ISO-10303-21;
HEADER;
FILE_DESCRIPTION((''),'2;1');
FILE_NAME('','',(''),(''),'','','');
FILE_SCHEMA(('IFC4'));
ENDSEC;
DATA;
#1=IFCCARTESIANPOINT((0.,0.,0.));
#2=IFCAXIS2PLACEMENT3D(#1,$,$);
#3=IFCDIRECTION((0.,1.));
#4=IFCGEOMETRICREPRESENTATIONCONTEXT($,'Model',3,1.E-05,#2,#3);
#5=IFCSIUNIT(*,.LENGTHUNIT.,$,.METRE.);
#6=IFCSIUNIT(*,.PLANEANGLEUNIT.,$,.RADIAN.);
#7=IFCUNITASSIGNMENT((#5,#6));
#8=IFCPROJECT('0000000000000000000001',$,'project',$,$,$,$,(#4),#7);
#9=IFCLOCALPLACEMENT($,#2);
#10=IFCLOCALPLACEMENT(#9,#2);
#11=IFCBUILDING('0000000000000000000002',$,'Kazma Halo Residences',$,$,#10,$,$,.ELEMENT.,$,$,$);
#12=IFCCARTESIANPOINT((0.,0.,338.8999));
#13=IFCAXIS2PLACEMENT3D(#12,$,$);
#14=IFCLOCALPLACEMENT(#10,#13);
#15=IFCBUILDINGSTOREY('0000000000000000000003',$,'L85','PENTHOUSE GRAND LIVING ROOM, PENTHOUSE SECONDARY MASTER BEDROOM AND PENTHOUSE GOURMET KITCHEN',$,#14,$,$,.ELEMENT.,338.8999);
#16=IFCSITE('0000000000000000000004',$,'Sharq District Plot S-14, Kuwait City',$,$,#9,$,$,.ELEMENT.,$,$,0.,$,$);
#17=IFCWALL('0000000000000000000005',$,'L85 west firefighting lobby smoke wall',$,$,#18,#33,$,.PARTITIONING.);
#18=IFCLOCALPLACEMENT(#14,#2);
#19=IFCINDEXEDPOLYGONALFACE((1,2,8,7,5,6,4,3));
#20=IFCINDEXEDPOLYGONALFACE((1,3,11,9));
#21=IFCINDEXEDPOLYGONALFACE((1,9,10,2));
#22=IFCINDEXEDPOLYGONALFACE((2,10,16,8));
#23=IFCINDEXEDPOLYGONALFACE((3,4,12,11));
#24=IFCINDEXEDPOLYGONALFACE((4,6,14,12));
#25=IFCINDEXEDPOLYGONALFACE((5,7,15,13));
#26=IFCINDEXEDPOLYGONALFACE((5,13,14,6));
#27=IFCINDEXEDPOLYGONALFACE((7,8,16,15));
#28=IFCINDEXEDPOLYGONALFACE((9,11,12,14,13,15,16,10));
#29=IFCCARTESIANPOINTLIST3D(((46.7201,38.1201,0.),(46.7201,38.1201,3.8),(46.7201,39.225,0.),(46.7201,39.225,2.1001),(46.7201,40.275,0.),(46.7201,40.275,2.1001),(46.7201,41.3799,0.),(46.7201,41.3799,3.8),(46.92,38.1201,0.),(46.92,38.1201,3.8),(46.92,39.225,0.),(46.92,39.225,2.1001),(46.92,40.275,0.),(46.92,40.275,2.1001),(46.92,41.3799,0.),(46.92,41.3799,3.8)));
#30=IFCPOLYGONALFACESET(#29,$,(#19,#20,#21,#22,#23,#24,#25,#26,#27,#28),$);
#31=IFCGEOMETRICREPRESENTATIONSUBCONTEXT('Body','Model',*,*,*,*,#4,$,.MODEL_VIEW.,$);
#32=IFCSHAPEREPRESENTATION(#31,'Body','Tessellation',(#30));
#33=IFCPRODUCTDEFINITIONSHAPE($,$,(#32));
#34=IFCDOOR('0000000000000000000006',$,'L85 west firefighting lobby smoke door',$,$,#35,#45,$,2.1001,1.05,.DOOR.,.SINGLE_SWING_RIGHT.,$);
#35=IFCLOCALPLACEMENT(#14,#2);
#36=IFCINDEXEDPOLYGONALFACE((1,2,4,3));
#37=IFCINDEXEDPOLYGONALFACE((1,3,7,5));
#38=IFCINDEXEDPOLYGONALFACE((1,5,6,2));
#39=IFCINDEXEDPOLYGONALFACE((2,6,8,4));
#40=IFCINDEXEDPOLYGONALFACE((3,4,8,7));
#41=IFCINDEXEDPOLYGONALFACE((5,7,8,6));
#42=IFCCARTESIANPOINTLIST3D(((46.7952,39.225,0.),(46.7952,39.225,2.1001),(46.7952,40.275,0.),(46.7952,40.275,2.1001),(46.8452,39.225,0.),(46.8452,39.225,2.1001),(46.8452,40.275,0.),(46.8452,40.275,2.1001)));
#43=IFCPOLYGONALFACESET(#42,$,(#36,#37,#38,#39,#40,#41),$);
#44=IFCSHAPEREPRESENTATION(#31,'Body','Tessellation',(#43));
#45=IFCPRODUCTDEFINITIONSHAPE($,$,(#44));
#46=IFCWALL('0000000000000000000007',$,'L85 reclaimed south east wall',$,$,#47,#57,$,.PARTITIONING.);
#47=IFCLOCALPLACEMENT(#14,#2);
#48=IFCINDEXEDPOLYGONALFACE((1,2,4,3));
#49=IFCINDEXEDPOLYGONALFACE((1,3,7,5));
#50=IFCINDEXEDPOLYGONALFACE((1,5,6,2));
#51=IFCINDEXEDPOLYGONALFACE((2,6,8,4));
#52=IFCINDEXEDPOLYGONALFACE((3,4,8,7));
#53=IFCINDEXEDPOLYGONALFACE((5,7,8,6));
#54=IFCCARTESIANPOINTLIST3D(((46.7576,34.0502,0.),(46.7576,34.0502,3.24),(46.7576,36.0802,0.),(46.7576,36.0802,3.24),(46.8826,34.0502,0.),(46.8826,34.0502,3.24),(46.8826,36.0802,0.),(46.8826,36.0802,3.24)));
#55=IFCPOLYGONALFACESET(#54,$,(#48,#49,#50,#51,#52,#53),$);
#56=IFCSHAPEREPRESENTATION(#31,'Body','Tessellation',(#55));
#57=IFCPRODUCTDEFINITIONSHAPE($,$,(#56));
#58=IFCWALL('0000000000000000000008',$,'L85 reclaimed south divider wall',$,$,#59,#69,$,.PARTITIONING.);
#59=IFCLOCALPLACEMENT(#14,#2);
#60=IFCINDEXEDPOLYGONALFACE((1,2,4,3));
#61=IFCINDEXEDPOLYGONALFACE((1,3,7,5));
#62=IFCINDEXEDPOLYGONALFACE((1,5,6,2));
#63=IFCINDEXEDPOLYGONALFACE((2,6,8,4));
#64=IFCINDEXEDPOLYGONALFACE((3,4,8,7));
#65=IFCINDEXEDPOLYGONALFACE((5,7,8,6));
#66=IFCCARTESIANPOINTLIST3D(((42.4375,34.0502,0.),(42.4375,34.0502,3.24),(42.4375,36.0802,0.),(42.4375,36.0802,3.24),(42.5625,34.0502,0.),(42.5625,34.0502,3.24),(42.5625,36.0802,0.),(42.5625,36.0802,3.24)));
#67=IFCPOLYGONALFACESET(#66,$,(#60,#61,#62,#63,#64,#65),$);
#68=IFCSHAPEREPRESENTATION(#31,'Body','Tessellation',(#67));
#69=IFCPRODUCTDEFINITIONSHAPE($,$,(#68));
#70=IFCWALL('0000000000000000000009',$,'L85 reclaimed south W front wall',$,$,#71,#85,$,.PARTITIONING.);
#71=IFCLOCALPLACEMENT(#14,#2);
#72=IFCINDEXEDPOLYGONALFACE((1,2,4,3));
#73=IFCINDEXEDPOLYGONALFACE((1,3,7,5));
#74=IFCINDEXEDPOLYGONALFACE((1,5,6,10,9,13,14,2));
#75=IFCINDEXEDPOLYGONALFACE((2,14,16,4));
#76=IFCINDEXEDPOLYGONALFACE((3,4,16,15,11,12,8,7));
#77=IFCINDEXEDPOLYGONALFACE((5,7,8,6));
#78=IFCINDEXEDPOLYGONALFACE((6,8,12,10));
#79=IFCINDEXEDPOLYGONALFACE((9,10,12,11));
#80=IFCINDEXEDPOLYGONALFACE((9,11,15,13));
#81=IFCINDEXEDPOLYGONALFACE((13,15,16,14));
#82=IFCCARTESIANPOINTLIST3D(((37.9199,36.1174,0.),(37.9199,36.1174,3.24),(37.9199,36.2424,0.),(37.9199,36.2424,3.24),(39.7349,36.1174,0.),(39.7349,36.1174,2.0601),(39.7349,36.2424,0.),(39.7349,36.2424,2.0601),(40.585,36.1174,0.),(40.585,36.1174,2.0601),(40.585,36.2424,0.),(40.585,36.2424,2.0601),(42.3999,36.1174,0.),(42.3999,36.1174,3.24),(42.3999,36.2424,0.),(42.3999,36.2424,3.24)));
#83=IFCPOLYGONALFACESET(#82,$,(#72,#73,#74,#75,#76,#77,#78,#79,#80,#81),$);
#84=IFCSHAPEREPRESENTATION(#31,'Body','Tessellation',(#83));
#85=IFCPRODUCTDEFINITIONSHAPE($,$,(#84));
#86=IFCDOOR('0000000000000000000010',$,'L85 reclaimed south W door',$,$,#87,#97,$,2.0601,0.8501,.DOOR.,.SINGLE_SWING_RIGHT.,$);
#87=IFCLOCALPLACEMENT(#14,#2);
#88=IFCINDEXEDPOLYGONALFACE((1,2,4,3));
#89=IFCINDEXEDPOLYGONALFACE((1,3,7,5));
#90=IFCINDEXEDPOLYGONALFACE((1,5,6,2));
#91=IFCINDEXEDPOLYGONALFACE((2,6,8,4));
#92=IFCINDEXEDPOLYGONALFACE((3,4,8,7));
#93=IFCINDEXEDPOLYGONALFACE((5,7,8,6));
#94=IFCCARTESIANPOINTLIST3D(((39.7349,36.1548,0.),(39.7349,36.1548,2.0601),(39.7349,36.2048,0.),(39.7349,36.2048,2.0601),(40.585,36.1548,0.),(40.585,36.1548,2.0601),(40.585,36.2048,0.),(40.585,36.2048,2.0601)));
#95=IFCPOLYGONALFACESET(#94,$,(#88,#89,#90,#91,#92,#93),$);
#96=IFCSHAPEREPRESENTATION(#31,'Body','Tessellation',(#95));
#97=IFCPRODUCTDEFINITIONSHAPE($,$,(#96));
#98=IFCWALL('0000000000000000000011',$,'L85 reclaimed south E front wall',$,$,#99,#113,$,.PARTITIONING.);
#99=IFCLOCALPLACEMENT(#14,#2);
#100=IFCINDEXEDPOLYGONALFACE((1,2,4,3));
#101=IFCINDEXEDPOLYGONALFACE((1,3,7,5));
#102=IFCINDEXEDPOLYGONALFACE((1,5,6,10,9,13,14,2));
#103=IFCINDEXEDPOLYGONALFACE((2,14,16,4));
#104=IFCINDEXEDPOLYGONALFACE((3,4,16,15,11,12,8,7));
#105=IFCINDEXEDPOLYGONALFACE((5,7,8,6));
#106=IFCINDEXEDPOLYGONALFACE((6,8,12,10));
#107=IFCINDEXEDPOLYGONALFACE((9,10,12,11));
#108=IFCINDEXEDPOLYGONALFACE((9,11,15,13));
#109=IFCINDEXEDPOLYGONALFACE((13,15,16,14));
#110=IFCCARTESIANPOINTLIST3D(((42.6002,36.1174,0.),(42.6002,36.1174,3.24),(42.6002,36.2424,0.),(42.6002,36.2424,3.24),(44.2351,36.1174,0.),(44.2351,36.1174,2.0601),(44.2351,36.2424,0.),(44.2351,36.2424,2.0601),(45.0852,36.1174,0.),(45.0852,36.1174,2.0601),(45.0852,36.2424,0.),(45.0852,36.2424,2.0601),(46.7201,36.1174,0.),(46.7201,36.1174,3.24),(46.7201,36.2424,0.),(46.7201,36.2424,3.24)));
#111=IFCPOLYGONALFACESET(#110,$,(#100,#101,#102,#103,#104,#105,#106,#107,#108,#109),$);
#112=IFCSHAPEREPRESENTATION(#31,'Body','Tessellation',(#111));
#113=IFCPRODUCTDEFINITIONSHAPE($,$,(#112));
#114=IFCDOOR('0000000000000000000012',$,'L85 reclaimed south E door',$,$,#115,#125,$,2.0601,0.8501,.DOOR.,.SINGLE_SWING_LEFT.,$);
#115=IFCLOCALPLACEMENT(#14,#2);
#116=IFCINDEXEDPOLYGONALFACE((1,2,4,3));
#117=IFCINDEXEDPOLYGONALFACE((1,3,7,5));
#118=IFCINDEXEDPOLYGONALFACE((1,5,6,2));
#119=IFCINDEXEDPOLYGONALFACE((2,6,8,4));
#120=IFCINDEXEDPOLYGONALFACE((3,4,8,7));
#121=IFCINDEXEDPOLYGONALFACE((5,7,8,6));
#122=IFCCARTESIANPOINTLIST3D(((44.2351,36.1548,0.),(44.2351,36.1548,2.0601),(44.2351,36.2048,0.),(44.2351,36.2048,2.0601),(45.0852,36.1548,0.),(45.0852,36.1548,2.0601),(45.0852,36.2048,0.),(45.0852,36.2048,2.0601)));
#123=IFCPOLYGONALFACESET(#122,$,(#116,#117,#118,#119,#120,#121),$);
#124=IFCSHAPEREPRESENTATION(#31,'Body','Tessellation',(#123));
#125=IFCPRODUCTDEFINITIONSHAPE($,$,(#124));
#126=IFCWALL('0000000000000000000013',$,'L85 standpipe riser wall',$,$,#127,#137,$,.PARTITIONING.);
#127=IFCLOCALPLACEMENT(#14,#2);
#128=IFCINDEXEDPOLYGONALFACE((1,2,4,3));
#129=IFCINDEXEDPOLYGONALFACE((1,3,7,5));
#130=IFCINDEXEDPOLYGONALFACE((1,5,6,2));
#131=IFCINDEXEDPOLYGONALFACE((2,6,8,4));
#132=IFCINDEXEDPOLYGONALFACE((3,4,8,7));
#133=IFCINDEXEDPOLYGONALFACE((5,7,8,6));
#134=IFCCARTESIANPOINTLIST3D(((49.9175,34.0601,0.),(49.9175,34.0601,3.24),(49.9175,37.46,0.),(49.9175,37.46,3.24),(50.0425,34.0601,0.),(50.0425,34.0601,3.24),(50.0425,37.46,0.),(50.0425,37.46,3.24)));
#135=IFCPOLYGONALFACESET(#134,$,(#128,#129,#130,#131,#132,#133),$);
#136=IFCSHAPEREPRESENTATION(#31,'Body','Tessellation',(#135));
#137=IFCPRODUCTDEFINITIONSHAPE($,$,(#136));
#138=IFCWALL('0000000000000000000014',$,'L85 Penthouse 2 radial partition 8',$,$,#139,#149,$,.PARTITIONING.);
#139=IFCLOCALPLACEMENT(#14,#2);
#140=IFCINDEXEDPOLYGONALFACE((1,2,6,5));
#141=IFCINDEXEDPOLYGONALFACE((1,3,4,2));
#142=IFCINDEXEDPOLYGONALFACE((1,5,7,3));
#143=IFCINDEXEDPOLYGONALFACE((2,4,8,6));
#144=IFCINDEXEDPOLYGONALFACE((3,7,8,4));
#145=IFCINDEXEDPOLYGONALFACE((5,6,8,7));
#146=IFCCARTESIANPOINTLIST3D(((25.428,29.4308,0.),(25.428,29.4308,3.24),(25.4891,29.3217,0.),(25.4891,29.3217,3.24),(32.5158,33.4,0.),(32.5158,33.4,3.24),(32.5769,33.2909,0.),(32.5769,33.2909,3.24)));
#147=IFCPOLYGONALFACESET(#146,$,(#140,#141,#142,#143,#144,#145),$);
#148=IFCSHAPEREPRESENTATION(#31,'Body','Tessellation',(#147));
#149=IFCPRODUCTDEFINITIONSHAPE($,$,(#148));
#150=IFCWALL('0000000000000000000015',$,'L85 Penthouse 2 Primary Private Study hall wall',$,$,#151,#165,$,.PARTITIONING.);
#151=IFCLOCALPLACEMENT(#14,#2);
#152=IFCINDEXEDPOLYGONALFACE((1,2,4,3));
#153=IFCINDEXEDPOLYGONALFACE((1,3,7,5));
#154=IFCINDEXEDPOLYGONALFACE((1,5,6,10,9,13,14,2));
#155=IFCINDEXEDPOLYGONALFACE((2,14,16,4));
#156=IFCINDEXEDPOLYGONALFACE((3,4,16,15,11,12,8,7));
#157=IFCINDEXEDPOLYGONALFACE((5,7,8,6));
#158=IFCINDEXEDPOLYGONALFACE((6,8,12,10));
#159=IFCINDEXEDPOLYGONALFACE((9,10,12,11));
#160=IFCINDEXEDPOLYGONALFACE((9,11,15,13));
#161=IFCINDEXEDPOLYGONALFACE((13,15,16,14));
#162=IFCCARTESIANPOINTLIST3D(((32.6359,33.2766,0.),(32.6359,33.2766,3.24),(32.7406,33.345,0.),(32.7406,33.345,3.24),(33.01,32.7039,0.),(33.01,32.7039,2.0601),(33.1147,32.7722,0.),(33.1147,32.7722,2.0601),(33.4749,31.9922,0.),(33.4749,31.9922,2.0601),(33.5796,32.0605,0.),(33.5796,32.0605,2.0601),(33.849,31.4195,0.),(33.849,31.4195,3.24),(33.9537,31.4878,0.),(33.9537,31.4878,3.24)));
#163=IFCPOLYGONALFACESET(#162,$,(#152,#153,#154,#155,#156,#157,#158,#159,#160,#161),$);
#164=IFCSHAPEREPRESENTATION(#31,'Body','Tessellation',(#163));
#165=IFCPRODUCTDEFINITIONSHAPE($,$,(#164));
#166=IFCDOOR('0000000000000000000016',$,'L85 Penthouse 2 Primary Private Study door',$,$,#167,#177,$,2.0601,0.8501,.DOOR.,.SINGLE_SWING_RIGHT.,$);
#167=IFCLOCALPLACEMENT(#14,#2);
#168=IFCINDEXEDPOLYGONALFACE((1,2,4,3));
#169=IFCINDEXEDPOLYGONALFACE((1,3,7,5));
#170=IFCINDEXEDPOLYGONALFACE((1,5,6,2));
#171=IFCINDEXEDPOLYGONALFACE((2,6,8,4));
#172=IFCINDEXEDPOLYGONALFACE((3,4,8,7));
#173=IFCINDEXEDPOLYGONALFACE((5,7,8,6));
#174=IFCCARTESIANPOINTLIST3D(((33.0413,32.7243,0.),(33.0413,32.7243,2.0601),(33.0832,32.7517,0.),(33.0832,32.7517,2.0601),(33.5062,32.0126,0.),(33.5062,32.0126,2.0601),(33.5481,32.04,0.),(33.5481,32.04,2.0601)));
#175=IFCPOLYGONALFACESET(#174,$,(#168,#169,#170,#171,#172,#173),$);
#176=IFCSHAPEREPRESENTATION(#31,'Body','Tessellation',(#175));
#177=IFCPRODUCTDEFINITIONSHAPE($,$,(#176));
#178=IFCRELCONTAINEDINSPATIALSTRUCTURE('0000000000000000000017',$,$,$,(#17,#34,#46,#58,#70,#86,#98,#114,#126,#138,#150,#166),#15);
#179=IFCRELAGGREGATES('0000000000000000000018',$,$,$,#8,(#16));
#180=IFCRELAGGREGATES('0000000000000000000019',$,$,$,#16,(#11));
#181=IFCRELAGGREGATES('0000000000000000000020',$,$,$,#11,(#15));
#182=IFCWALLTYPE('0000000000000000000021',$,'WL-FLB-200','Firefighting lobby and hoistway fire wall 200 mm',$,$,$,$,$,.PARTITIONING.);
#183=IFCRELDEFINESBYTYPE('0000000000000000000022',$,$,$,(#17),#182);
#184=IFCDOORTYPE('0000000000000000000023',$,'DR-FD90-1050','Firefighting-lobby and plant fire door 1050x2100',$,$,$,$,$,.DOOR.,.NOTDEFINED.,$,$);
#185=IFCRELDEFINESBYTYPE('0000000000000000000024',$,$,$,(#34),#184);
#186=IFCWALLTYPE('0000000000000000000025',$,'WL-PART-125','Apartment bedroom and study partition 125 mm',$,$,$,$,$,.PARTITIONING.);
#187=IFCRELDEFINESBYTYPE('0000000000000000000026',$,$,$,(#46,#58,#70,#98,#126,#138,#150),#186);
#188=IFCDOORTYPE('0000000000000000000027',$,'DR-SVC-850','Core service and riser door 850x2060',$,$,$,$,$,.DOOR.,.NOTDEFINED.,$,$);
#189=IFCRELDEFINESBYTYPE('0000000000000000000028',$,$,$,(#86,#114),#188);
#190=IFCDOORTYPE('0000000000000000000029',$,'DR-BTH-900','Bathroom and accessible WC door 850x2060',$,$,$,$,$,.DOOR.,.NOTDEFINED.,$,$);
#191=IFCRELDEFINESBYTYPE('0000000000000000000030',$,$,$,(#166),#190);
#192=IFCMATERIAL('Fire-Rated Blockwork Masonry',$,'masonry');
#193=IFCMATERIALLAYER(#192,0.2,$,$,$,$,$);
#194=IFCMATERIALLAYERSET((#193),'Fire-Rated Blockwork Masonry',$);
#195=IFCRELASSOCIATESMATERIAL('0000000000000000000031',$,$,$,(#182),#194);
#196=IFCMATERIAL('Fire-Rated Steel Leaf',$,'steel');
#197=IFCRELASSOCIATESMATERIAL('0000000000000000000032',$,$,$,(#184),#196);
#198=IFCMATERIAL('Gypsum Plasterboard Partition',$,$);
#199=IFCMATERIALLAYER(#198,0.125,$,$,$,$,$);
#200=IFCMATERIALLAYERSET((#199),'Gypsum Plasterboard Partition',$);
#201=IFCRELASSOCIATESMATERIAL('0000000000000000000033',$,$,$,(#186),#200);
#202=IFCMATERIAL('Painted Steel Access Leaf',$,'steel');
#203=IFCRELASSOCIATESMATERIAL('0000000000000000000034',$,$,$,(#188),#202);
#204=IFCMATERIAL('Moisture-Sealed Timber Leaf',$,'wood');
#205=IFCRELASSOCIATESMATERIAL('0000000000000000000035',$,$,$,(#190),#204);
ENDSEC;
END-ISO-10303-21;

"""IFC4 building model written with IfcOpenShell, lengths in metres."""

from ifc_helpers import new_model, si_unit, direction, frame, frame_2d, origin, place, context, subcontext, project, spatial, rectangle, extrude, material, layer, layer_set, type_object, element, fill, save


model = new_model("IFC4")

# Units and contexts
model_context = context("Model", 3, precision=1e-05, world=origin(), true_north=direction((0.0, 1.0)))
body_context = subcontext(model_context, "Body", "Model", "MODEL_VIEW")
ifc_project = project(units=[si_unit("LENGTHUNIT", "METRE"), si_unit("PLANEANGLEUNIT", "RADIAN")], contexts=[model_context])

# Site, building, storey
site_placement = place(None, origin())
site = spatial("IfcSite", under=ifc_project, at=site_placement, Name="Sharq District Plot S-14, Kuwait City", CompositionType="ELEMENT", RefElevation=0.0)
building_placement = place(site_placement, origin())
building = spatial("IfcBuilding", under=site, at=building_placement, Name="Kazma Halo Residences", CompositionType="ELEMENT")
storey_placement = place(building_placement, frame((0.0, 0.0, 338.8999)))
storey = spatial("IfcBuildingStorey", under=building, at=storey_placement, Name="L85", Description="PENTHOUSE GRAND LIVING ROOM, PENTHOUSE SECONDARY MASTER BEDROOM AND PENTHOUSE GOURMET KITCHEN", CompositionType="ELEMENT", Elevation=338.8999)

# Shared definitions
ifc_material_1 = material(Name="Fire-Rated Blockwork Masonry", Category="masonry")
ifc_layer_1 = layer(ifc_material_1, 0.2)
ifc_layer_set_1 = layer_set([ifc_layer_1], Name="Fire-Rated Blockwork Masonry")
wall_type_1 = type_object("IfcWallType", Name="WL-FLB-200", Description="Firefighting lobby and hoistway fire wall 200 mm", PredefinedType="PARTITIONING", material=ifc_layer_set_1)

# Wall, opening, door
wall_1_placement = place(storey_placement, frame((46.8201, 38.1201, 0.0), z_axis=(0.0, 0.0, 1.0), x_axis=(0.0, 1.0, 0.0)))
wall_1 = element("IfcWall", 1, at=wall_1_placement, inside=storey, type_object=wall_type_1, Name="L85 west firefighting lobby smoke wall", PredefinedType="PARTITIONING", context=body_context, shape_type="SweptSolid", body=[
    extrude(rectangle(XDim=3.2598, YDim=0.2, at=frame_2d((1.6299, 0.0))), origin(), (0.0, 0.0, 1.0), 3.8),
])
opening_1_placement = place(wall_1_placement, frame((1.105, 0.0, 0.0)))
opening_1 = element("IfcOpeningElement", 2, at=opening_1_placement, cuts=wall_1, PredefinedType="OPENING", context=body_context, shape_type="SweptSolid", body=[
    extrude(rectangle(XDim=1.05, YDim=2.1001, at=frame_2d((0.5249, 1.05))), frame((0.0, 0.1099, 0.0), z_axis=(0.0, -1.0, 0.0), x_axis=(1.0, 0.0, 0.0)), (0.0, 0.0, 1.0), 0.22),
])
ifc_material_2 = material(Name="Fire-Rated Steel Leaf", Category="steel")
door_type_1 = type_object("IfcDoorType", Name="DR-FD90-1050", Description="Firefighting-lobby and plant fire door 1050x2100", OperationType="NOTDEFINED", PredefinedType="DOOR", material=ifc_material_2)
door_1_placement = place(opening_1_placement, origin())
door_1 = element("IfcDoor", 3, at=door_1_placement, inside=storey, type_object=door_type_1, Name="L85 west firefighting lobby smoke door", OperationType="SINGLE_SWING_RIGHT", OverallHeight=2.1001, OverallWidth=1.05, PredefinedType="DOOR", context=body_context, shape_type="SweptSolid", body=[
    extrude(rectangle(XDim=1.05, YDim=2.1001, at=frame_2d((0.5249, 1.05))), frame((0.0, 0.0249, 0.0), z_axis=(0.0, -1.0, 0.0), x_axis=(1.0, 0.0, 0.0)), (0.0, 0.0, 1.0), 0.05),
])
fill(opening_1, door_1)

# Walls
ifc_material_3 = material(Name="Gypsum Plasterboard Partition")
ifc_layer_2 = layer(ifc_material_3, 0.125)
ifc_layer_set_2 = layer_set([ifc_layer_2], Name="Gypsum Plasterboard Partition")
wall_type_2 = type_object("IfcWallType", Name="WL-PART-125", Description="Apartment bedroom and study partition 125 mm", PredefinedType="PARTITIONING", material=ifc_layer_set_2)
for number, where, z_axis, x_axis, name in (
    (4, (46.8201, 34.05, 0.0), (0.0, 0.0, 1.0), (0.0, 1.0, 0.0), "L85 reclaimed south east wall"),
    (5, (42.5, 34.05, 0.0), (0.0, 0.0, 1.0), (0.0, 1.0, 0.0), "L85 reclaimed south divider wall"),
):
    element("IfcWall", number, at=place(storey_placement, frame(where, z_axis=z_axis, x_axis=x_axis)), inside=storey, type_object=wall_type_2, Name=name, PredefinedType="PARTITIONING", context=body_context, shape_type="SweptSolid", body=[
        extrude(rectangle(XDim=2.03, YDim=0.125, at=frame_2d((1.0151, 0.0))), origin(), (0.0, 0.0, 1.0), 3.24),
    ])

# Walls, openings, doors
wall_2_placement = place(storey_placement, frame((37.9199, 36.1799, 0.0), z_axis=(0.0, 0.0, 1.0), x_axis=(1.0, 0.0, 0.0)))
wall_2 = element("IfcWall", 6, at=wall_2_placement, inside=storey, type_object=wall_type_2, Name="L85 reclaimed south W front wall", PredefinedType="PARTITIONING", context=body_context, shape_type="SweptSolid", body=[
    extrude(rectangle(XDim=4.48, YDim=0.125, at=frame_2d((2.24, 0.0))), origin(), (0.0, 0.0, 1.0), 3.24),
])
opening_2_placement = place(wall_2_placement, frame((1.8149, 0.0, 0.0)))
opening_2 = element("IfcOpeningElement", 7, at=opening_2_placement, cuts=wall_2, PredefinedType="OPENING", context=body_context, shape_type="SweptSolid", body=[
    extrude(rectangle(XDim=0.8501, YDim=2.0601, at=frame_2d((0.425, 1.03))), frame((0.0, 0.0725, 0.0), z_axis=(0.0, -1.0, 0.0), x_axis=(1.0, 0.0, 0.0)), (0.0, 0.0, 1.0), 0.145),
])
ifc_material_4 = material(Name="Painted Steel Access Leaf", Category="steel")
door_type_2 = type_object("IfcDoorType", Name="DR-SVC-850", Description="Core service and riser door 850x2060", OperationType="NOTDEFINED", PredefinedType="DOOR", material=ifc_material_4)
door_2_placement = place(opening_2_placement, origin())
door_2 = element("IfcDoor", 8, at=door_2_placement, inside=storey, type_object=door_type_2, Name="L85 reclaimed south W door", OperationType="SINGLE_SWING_RIGHT", OverallHeight=2.0601, OverallWidth=0.8501, PredefinedType="DOOR", context=body_context, shape_type="SweptSolid", body=[
    extrude(rectangle(XDim=0.8501, YDim=2.0601, at=frame_2d((0.425, 1.03))), frame((0.0, 0.0249, 0.0), z_axis=(0.0, -1.0, 0.0), x_axis=(1.0, 0.0, 0.0)), (0.0, 0.0, 1.0), 0.05),
])
fill(opening_2, door_2)
wall_3_placement = place(storey_placement, frame((42.6001, 36.1799, 0.0), z_axis=(0.0, 0.0, 1.0), x_axis=(1.0, 0.0, 0.0)))
wall_3 = element("IfcWall", 9, at=wall_3_placement, inside=storey, type_object=wall_type_2, Name="L85 reclaimed south E front wall", PredefinedType="PARTITIONING", context=body_context, shape_type="SweptSolid", body=[
    extrude(rectangle(XDim=4.1199, YDim=0.125, at=frame_2d((2.0601, 0.0))), origin(), (0.0, 0.0, 1.0), 3.24),
])
opening_3_placement = place(wall_3_placement, frame((1.635, 0.0, 0.0)))
opening_3 = element("IfcOpeningElement", 10, at=opening_3_placement, cuts=wall_3, PredefinedType="OPENING", context=body_context, shape_type="SweptSolid", body=[
    extrude(rectangle(XDim=0.8501, YDim=2.0601, at=frame_2d((0.425, 1.03))), frame((0.0, 0.0725, 0.0), z_axis=(0.0, -1.0, 0.0), x_axis=(1.0, 0.0, 0.0)), (0.0, 0.0, 1.0), 0.145),
])
door_3_placement = place(opening_3_placement, origin())
door_3 = element("IfcDoor", 11, at=door_3_placement, inside=storey, type_object=door_type_2, Name="L85 reclaimed south E door", OperationType="SINGLE_SWING_LEFT", OverallHeight=2.0601, OverallWidth=0.8501, PredefinedType="DOOR", context=body_context, shape_type="SweptSolid", body=[
    extrude(rectangle(XDim=0.8501, YDim=2.0601, at=frame_2d((0.425, 1.03))), frame((0.0, 0.0249, 0.0), z_axis=(0.0, -1.0, 0.0), x_axis=(1.0, 0.0, 0.0)), (0.0, 0.0, 1.0), 0.05),
])
fill(opening_3, door_3)

# Walls
wall_4_placement = place(storey_placement, frame((49.98, 34.0601, 0.0), z_axis=(0.0, 0.0, 1.0), x_axis=(0.0, 1.0, 0.0)))
element("IfcWall", 12, at=wall_4_placement, inside=storey, type_object=wall_type_2, Name="L85 standpipe riser wall", PredefinedType="PARTITIONING", context=body_context, shape_type="SweptSolid", body=[
    extrude(rectangle(XDim=3.3999, YDim=0.125, at=frame_2d((1.7, 0.0))), origin(), (0.0, 0.0, 1.0), 3.24),
])
wall_5_placement = place(storey_placement, frame((32.5464, 33.3455, 0.0), z_axis=(0.0, 0.0, 1.0), x_axis=(-0.872505, -0.488605, 0.0)))
element("IfcWall", 13, at=wall_5_placement, inside=storey, type_object=wall_type_2, Name="L85 Penthouse 2 radial partition 8", PredefinedType="PARTITIONING", context=body_context, shape_type="SweptSolid", body=[
    extrude(rectangle(XDim=8.1235, YDim=0.125, at=frame_2d((4.0618, 0.0))), origin(), (0.0, 0.0, 1.0), 3.24),
])

# Wall, opening, door
wall_6_placement = place(storey_placement, frame((32.6882, 33.3108, 0.0), z_axis=(0.0, 0.0, 1.0), x_axis=(0.546879, -0.837212, 0.0)))
wall_6 = element("IfcWall", 14, at=wall_6_placement, inside=storey, type_object=wall_type_2, Name="L85 Penthouse 2 Primary Private Study hall wall", PredefinedType="PARTITIONING", context=body_context, shape_type="SweptSolid", body=[
    extrude(rectangle(XDim=2.2183, YDim=0.125, at=frame_2d((1.1091, 0.0))), origin(), (0.0, 0.0, 1.0), 3.24),
])
opening_4_placement = place(wall_6_placement, frame((0.6841, 0.0, 0.0)))
opening_4 = element("IfcOpeningElement", 15, at=opening_4_placement, cuts=wall_6, PredefinedType="OPENING", context=body_context, shape_type="SweptSolid", body=[
    extrude(rectangle(XDim=0.8501, YDim=2.0601, at=frame_2d((0.425, 1.03))), frame((0.0, 0.0725, 0.0), z_axis=(0.0, -1.0, 0.0), x_axis=(1.0, 0.0, 0.0)), (0.0, 0.0, 1.0), 0.145),
])
ifc_material_5 = material(Name="Moisture-Sealed Timber Leaf", Category="wood")
door_type_3 = type_object("IfcDoorType", Name="DR-BTH-900", Description="Bathroom and accessible WC door 850x2060", OperationType="NOTDEFINED", PredefinedType="DOOR", material=ifc_material_5)
door_4_placement = place(opening_4_placement, origin())
door_4 = element("IfcDoor", 16, at=door_4_placement, inside=storey, type_object=door_type_3, Name="L85 Penthouse 2 Primary Private Study door", OperationType="SINGLE_SWING_RIGHT", OverallHeight=2.0601, OverallWidth=0.8501, PredefinedType="DOOR", context=body_context, shape_type="SweptSolid", body=[
    extrude(rectangle(XDim=0.8501, YDim=2.0601, at=frame_2d((0.425, 1.03))), frame((0.0, 0.0249, 0.0), z_axis=(0.0, -1.0, 0.0), x_axis=(1.0, 0.0, 0.0)), (0.0, 0.0, 1.0), 0.05),
])
fill(opening_4, door_4)

save(model, "model.ifc")
